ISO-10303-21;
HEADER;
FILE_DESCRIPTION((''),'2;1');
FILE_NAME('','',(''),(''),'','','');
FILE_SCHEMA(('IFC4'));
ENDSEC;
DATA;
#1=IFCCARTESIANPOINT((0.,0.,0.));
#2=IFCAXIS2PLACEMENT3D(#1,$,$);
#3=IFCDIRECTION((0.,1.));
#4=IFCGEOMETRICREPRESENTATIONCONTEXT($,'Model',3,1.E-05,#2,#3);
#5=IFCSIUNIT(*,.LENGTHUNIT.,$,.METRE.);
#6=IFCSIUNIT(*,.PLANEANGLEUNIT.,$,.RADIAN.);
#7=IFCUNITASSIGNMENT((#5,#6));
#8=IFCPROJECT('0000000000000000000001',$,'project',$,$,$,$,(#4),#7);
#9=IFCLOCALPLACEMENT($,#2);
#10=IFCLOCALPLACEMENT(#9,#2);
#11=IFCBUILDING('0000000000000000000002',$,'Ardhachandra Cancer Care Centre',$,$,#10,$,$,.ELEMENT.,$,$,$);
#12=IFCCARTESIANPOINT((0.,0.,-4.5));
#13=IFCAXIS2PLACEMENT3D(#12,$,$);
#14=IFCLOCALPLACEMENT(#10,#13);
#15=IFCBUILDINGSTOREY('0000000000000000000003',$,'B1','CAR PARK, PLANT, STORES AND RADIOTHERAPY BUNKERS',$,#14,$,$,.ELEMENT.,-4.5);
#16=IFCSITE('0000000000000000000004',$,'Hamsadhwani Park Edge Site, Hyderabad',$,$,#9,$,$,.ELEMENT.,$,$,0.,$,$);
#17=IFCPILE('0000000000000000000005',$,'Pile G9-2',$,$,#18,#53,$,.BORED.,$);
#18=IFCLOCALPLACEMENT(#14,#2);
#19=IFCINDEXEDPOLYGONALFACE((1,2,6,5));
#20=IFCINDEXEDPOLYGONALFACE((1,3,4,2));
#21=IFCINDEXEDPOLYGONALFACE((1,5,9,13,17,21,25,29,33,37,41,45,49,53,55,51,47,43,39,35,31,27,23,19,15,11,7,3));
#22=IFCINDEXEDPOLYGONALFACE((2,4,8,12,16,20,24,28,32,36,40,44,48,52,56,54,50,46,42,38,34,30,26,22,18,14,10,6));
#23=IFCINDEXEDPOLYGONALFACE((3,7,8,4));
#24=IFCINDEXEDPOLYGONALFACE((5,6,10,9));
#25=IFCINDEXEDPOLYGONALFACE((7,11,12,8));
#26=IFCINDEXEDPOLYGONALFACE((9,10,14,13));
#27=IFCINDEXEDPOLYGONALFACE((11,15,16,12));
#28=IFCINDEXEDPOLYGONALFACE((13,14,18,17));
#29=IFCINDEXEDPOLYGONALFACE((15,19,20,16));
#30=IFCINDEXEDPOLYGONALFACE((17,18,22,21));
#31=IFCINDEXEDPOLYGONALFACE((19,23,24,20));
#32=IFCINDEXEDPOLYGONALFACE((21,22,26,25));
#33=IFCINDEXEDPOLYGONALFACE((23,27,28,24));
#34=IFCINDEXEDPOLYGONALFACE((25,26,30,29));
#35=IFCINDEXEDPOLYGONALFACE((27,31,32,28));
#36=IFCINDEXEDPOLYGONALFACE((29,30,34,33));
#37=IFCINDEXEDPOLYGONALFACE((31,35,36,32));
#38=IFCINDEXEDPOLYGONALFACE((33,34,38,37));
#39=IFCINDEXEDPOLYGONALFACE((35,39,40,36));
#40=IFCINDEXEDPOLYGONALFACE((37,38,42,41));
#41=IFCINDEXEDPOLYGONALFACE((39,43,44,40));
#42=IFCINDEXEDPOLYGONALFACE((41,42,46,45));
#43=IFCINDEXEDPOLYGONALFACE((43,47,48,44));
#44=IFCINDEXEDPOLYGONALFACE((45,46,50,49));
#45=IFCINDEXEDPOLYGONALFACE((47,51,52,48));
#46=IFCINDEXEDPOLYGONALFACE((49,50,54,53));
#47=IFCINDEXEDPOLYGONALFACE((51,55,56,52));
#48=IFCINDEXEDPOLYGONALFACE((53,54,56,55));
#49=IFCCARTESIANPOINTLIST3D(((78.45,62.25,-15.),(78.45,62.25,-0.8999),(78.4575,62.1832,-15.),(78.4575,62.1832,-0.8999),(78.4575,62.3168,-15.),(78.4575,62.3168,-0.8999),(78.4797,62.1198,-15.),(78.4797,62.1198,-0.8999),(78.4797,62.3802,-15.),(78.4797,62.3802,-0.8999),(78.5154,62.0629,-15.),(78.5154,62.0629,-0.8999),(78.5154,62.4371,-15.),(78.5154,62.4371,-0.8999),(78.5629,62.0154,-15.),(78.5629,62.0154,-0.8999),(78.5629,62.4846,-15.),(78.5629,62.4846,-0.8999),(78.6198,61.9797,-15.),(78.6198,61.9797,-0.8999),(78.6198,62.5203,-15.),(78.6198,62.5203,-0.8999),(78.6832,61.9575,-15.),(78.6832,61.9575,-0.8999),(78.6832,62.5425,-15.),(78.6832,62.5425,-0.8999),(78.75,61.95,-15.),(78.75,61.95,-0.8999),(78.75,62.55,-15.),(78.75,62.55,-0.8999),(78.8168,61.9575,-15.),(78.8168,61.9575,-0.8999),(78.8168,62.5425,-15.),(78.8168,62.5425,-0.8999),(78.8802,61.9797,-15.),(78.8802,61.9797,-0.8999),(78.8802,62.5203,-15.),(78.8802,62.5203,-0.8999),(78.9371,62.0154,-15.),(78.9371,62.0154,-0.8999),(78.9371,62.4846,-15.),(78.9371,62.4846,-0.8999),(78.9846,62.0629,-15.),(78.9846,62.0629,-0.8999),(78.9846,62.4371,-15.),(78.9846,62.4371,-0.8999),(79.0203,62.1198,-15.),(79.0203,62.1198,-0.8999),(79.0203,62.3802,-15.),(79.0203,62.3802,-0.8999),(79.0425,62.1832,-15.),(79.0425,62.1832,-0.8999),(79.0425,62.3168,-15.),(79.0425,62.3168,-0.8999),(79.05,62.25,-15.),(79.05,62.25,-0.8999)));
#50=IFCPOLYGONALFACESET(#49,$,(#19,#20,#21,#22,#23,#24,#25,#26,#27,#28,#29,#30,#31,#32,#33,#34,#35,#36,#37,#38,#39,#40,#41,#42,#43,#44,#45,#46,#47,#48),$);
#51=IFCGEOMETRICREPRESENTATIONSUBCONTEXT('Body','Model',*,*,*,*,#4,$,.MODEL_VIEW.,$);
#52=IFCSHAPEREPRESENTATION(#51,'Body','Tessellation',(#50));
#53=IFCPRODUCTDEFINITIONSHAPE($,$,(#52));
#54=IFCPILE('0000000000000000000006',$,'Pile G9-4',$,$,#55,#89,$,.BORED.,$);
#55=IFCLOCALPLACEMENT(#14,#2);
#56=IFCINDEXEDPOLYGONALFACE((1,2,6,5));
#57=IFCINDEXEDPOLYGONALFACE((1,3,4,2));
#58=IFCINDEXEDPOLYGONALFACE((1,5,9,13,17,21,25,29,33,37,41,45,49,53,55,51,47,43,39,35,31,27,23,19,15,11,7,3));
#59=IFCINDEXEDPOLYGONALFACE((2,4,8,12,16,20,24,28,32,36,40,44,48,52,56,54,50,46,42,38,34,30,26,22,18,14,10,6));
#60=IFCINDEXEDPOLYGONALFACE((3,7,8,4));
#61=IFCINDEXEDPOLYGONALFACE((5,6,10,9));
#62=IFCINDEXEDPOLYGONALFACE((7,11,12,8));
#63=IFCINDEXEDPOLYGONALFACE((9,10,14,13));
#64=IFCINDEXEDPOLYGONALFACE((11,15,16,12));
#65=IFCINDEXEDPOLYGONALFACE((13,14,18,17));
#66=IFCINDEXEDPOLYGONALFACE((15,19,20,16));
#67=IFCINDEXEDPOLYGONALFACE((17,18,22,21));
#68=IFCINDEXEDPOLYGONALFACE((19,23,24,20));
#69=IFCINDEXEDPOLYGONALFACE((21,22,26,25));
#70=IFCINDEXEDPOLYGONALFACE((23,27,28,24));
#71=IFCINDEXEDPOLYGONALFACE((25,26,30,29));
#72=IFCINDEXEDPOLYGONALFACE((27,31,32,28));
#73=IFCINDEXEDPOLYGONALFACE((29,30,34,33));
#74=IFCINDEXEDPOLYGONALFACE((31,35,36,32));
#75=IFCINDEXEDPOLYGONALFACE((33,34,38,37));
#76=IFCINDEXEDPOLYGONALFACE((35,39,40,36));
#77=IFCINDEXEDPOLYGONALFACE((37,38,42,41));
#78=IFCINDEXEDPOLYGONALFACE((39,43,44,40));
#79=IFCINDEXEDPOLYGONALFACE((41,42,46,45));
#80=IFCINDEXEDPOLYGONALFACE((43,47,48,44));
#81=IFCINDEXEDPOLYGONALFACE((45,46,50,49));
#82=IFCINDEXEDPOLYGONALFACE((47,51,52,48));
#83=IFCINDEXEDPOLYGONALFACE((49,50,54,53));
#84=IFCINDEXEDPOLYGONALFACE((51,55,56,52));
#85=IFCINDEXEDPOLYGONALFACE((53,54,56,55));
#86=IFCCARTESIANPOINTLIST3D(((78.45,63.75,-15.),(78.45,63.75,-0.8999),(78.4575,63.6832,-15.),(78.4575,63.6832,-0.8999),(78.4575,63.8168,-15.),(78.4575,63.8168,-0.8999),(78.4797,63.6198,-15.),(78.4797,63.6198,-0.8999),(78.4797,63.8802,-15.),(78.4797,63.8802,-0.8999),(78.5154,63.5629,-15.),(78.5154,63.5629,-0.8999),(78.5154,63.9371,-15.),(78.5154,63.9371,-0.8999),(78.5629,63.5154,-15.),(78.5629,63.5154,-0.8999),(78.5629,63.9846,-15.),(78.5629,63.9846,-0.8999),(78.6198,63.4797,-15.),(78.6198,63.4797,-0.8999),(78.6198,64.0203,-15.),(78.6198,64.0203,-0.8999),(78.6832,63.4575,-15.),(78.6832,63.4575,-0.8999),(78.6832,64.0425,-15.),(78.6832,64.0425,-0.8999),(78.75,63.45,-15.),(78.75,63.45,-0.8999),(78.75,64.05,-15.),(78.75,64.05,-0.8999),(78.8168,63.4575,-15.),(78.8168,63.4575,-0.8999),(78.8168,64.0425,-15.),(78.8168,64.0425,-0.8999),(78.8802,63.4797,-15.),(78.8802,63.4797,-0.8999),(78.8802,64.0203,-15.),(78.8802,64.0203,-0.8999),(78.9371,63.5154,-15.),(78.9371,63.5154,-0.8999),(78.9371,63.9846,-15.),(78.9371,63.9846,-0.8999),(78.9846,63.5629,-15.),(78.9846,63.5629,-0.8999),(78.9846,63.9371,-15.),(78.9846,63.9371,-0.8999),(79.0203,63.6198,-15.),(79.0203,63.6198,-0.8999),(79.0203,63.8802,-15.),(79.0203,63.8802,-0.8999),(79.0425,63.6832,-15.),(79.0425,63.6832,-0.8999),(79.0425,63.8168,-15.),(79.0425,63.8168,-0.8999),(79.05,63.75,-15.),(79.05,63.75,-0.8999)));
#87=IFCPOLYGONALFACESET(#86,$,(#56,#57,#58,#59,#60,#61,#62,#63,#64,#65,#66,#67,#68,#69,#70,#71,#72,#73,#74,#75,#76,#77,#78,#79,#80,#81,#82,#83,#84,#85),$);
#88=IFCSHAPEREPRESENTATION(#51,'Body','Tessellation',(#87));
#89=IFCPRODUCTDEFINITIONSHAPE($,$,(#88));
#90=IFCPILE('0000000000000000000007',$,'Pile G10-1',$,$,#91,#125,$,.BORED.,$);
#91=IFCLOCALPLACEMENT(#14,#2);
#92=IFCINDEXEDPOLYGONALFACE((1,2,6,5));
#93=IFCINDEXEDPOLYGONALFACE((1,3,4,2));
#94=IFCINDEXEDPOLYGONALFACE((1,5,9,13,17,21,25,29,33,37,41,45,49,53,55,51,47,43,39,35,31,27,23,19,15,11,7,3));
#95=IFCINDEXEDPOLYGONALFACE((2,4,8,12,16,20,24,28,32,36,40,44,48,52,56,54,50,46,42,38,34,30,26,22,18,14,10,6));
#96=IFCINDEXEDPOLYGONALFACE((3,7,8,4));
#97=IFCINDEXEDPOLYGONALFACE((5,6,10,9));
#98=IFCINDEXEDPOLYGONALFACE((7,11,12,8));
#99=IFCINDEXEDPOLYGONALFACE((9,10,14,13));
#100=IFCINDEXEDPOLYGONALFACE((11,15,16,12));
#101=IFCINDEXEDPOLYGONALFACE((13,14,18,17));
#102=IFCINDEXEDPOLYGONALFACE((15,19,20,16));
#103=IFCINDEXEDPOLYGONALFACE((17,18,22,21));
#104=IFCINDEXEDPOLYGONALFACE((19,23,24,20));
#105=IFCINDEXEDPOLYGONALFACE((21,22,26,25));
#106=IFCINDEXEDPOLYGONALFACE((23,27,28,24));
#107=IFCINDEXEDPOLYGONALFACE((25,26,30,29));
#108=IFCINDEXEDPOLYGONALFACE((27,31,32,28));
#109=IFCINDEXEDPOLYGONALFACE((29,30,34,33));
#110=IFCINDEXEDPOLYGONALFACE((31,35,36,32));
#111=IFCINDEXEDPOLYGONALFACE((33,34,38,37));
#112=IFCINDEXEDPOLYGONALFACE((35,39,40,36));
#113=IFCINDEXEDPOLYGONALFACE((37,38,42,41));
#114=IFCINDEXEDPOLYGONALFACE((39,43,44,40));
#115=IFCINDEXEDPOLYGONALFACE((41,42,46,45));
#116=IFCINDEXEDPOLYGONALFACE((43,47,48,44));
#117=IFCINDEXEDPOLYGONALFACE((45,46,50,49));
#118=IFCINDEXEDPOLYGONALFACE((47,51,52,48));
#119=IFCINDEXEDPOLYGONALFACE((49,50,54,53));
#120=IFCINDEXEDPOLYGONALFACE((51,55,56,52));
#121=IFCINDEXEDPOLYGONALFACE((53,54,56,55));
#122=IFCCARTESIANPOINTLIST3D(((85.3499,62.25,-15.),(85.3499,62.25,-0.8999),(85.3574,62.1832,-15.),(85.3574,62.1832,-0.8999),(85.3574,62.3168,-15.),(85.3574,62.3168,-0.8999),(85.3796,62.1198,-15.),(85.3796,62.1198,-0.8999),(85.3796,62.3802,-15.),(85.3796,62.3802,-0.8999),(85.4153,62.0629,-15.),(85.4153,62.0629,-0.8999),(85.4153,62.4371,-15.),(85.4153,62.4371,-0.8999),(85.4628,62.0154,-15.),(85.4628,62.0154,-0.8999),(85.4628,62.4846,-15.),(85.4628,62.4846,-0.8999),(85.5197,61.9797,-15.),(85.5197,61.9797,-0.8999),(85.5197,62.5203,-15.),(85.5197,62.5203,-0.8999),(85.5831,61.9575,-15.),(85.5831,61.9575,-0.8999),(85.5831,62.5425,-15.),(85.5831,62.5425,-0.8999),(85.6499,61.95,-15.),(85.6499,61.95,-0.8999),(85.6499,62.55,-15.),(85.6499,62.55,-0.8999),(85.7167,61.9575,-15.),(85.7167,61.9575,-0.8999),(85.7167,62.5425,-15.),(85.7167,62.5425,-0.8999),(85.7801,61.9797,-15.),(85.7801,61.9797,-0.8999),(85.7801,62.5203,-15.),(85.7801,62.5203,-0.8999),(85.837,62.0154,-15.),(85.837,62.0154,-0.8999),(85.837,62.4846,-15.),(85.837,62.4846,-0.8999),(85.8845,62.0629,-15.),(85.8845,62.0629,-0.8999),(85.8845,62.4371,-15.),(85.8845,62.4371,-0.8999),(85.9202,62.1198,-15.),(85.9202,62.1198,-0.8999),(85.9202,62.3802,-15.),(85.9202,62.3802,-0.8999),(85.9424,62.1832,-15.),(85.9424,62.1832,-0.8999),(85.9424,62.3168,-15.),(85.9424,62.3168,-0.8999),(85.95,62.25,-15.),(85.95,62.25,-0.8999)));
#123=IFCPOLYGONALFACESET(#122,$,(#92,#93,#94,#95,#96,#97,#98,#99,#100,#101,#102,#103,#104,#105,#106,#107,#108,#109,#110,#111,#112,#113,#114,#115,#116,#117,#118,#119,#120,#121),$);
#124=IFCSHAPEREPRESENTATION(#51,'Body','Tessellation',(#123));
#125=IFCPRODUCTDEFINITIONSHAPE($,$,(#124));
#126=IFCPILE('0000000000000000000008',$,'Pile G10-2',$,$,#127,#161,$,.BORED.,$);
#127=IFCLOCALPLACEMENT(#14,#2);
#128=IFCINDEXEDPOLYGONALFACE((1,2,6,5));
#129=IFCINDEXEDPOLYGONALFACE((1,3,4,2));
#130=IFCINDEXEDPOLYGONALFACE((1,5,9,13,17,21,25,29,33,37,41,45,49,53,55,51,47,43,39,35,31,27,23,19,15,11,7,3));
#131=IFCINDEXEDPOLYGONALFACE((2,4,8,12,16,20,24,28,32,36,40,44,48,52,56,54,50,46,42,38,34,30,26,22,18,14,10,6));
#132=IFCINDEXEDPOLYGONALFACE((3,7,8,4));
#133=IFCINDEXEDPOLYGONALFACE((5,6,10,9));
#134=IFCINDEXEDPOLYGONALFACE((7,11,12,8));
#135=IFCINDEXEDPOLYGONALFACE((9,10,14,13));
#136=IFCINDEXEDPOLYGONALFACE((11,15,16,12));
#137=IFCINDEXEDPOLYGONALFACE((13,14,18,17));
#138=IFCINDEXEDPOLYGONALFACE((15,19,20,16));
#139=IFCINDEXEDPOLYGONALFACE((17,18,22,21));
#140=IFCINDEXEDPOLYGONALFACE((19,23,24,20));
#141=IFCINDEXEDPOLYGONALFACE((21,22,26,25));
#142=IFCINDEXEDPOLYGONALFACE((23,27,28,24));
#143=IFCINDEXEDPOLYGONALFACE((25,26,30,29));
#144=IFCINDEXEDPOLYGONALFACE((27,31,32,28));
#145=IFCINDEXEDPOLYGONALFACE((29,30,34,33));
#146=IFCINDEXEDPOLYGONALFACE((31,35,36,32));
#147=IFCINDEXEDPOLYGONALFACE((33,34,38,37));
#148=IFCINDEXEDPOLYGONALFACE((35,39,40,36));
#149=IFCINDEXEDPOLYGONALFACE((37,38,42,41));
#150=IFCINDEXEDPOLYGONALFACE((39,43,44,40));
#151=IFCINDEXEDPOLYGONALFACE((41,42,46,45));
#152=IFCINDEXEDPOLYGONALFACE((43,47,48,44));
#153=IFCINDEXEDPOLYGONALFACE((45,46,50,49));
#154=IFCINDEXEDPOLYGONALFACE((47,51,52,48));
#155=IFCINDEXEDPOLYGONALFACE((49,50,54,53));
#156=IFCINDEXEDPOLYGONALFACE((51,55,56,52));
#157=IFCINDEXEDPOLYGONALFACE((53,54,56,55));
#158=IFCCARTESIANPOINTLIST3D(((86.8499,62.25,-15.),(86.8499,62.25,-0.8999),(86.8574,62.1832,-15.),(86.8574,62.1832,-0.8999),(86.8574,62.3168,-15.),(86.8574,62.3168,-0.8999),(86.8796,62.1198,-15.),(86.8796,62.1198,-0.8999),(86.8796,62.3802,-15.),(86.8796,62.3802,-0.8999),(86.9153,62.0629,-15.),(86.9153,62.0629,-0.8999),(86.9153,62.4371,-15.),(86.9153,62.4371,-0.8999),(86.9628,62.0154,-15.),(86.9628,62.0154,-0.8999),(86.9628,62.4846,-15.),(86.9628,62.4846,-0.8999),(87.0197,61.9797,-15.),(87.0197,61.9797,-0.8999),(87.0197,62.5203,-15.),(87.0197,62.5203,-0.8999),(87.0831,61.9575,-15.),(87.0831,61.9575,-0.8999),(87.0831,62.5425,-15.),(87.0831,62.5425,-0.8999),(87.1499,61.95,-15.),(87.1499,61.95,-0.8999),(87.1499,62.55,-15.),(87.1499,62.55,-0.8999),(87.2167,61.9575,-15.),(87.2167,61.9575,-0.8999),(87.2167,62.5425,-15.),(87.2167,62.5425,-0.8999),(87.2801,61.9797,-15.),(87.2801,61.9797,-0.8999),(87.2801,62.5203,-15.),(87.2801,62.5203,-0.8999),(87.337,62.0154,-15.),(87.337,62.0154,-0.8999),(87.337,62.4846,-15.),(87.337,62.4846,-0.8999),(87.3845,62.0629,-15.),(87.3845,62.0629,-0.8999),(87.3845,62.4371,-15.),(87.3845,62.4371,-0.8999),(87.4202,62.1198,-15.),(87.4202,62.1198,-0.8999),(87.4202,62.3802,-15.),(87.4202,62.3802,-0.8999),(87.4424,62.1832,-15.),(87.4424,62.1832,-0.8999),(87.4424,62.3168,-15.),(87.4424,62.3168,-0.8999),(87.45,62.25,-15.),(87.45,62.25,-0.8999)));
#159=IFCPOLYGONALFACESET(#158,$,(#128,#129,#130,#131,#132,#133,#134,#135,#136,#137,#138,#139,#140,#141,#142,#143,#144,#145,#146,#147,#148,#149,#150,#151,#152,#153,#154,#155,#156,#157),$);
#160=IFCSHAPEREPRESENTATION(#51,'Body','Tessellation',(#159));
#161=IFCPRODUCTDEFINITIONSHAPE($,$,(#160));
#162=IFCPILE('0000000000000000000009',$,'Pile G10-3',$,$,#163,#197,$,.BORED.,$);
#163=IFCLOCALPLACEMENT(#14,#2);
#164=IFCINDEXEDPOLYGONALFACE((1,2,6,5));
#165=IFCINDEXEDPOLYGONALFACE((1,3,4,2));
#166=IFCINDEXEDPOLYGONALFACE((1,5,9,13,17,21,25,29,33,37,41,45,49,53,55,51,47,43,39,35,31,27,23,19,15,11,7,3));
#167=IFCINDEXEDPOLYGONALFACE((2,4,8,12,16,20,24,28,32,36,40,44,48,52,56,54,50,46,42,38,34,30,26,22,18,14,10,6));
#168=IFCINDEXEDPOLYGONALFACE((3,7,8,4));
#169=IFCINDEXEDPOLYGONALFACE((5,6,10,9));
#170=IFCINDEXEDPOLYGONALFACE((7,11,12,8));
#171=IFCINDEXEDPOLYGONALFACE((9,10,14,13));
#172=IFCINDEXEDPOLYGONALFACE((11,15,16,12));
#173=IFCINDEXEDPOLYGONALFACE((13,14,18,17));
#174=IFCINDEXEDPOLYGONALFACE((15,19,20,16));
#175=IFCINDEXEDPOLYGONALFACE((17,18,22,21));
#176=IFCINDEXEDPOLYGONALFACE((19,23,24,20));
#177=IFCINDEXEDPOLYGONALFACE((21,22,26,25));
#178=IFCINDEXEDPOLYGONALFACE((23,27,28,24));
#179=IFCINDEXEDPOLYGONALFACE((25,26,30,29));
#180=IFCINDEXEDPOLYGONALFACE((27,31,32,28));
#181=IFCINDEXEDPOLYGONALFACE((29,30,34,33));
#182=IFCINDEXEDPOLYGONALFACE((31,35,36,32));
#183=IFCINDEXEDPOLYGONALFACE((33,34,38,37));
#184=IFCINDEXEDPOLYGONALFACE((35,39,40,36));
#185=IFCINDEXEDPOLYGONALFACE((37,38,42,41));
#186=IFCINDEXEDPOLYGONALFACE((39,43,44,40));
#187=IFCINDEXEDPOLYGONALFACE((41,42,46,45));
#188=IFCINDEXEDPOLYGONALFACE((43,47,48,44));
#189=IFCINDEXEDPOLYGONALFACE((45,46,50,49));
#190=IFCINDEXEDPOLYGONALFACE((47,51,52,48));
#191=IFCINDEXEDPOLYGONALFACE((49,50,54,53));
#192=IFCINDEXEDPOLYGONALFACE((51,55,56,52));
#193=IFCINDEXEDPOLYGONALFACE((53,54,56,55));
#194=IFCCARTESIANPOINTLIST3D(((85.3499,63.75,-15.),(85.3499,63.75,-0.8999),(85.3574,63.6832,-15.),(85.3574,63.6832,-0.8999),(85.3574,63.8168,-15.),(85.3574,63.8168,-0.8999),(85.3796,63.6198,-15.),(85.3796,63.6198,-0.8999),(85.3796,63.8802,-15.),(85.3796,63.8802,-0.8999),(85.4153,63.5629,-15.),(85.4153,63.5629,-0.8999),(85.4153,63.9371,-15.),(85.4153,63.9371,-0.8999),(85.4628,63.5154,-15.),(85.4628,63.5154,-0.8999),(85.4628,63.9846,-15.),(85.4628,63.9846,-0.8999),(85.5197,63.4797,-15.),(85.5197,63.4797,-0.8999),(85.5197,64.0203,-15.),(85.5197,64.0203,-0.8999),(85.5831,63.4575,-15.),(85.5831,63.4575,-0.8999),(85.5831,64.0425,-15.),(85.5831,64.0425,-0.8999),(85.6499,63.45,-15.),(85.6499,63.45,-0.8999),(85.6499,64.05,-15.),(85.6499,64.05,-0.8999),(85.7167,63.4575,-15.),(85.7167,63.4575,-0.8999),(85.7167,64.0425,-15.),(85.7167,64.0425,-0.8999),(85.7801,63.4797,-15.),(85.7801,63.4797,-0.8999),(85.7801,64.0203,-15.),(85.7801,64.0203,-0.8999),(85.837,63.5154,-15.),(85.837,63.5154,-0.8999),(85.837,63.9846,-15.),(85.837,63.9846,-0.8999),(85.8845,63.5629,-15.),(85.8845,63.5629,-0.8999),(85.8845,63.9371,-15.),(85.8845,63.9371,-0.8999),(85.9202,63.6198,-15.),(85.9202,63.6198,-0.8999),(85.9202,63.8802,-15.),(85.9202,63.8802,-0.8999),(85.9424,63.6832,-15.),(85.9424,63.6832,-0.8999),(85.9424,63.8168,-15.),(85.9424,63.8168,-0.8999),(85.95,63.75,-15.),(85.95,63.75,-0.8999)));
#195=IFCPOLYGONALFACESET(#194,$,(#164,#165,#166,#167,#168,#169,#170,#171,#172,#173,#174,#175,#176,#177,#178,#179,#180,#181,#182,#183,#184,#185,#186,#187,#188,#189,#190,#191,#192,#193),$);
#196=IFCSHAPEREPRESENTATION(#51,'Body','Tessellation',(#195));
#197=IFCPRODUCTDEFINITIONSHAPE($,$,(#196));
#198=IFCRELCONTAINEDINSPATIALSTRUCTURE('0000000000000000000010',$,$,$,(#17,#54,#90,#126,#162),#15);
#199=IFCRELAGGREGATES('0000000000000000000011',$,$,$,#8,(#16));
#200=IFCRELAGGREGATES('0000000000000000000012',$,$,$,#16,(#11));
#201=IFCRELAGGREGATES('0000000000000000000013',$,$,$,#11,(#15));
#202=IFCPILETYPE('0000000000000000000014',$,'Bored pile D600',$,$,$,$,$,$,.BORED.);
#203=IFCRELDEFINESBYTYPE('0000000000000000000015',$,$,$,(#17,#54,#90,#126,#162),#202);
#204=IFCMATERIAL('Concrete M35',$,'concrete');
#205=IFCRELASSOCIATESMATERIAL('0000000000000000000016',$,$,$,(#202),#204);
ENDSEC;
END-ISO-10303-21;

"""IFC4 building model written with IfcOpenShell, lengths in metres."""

from ifc_helpers import new_model, si_unit, direction, frame, origin, origin_2d, place, context, subcontext, project, spatial, circle, extrude, material, material_profile, profile_set, type_object, element, save


model = new_model("IFC4")

# Units and contexts
model_context = context("Model", 3, precision=1e-05, world=origin(), true_north=direction((0.0, 1.0)))
body_context = subcontext(model_context, "Body", "Model", "MODEL_VIEW")
ifc_project = project(units=[si_unit("LENGTHUNIT", "METRE"), si_unit("PLANEANGLEUNIT", "RADIAN")], contexts=[model_context])

# Site, building, storey
site_placement = place(None, origin())
site = spatial("IfcSite", under=ifc_project, at=site_placement, Name="Hamsadhwani Park Edge Site, Hyderabad", CompositionType="ELEMENT", RefElevation=0.0)
building_placement = place(site_placement, origin())
building = spatial("IfcBuilding", under=site, at=building_placement, Name="Ardhachandra Cancer Care Centre", CompositionType="ELEMENT")
storey_placement = place(building_placement, frame((0.0, 0.0, -4.5)))
storey = spatial("IfcBuildingStorey", under=building, at=storey_placement, Name="B1", Description="CAR PARK, PLANT, STORES AND RADIOTHERAPY BUNKERS", CompositionType="ELEMENT", Elevation=-4.5)

# Piles
ifc_material_1 = material(Name="Concrete M35", Category="concrete")
ifc_material_profile_1 = material_profile(ifc_material_1, circle(Radius=0.3, at=origin_2d()), Name="D600")
ifc_profile_set_1 = profile_set([ifc_material_profile_1], Name="Concrete M35")
pile_type = type_object("IfcPileType", Name="Bored pile D600", PredefinedType="BORED", material=ifc_profile_set_1)
for number, where, z_axis, x_axis, name in (
    (1, (78.75, 62.25, -0.8999), (0.0, 0.0, -1.0), (1.0, 0.0, 0.0), "Pile G9-2"),
    (2, (78.75, 63.75, -0.8999), (0.0, 0.0, -1.0), (1.0, 0.0, 0.0), "Pile G9-4"),
    (3, (85.6499, 62.25, -0.8999), (0.0, 0.0, -1.0), (1.0, 0.0, 0.0), "Pile G10-1"),
    (4, (87.1499, 62.25, -0.8999), (0.0, 0.0, -1.0), (1.0, 0.0, 0.0), "Pile G10-2"),
    (5, (85.6499, 63.75, -0.8999), (0.0, 0.0, -1.0), (1.0, 0.0, 0.0), "Pile G10-3"),
):
    element("IfcPile", number, at=place(storey_placement, frame(where, z_axis=z_axis, x_axis=x_axis)), inside=storey, type_object=pile_type, Name=name, PredefinedType="BORED", context=body_context, shape_type="SweptSolid", body=[
        extrude(circle(Radius=0.3, at=origin_2d()), origin(), (0.0, 0.0, 1.0), 14.1001),
    ])

save(model, "model.ifc")
